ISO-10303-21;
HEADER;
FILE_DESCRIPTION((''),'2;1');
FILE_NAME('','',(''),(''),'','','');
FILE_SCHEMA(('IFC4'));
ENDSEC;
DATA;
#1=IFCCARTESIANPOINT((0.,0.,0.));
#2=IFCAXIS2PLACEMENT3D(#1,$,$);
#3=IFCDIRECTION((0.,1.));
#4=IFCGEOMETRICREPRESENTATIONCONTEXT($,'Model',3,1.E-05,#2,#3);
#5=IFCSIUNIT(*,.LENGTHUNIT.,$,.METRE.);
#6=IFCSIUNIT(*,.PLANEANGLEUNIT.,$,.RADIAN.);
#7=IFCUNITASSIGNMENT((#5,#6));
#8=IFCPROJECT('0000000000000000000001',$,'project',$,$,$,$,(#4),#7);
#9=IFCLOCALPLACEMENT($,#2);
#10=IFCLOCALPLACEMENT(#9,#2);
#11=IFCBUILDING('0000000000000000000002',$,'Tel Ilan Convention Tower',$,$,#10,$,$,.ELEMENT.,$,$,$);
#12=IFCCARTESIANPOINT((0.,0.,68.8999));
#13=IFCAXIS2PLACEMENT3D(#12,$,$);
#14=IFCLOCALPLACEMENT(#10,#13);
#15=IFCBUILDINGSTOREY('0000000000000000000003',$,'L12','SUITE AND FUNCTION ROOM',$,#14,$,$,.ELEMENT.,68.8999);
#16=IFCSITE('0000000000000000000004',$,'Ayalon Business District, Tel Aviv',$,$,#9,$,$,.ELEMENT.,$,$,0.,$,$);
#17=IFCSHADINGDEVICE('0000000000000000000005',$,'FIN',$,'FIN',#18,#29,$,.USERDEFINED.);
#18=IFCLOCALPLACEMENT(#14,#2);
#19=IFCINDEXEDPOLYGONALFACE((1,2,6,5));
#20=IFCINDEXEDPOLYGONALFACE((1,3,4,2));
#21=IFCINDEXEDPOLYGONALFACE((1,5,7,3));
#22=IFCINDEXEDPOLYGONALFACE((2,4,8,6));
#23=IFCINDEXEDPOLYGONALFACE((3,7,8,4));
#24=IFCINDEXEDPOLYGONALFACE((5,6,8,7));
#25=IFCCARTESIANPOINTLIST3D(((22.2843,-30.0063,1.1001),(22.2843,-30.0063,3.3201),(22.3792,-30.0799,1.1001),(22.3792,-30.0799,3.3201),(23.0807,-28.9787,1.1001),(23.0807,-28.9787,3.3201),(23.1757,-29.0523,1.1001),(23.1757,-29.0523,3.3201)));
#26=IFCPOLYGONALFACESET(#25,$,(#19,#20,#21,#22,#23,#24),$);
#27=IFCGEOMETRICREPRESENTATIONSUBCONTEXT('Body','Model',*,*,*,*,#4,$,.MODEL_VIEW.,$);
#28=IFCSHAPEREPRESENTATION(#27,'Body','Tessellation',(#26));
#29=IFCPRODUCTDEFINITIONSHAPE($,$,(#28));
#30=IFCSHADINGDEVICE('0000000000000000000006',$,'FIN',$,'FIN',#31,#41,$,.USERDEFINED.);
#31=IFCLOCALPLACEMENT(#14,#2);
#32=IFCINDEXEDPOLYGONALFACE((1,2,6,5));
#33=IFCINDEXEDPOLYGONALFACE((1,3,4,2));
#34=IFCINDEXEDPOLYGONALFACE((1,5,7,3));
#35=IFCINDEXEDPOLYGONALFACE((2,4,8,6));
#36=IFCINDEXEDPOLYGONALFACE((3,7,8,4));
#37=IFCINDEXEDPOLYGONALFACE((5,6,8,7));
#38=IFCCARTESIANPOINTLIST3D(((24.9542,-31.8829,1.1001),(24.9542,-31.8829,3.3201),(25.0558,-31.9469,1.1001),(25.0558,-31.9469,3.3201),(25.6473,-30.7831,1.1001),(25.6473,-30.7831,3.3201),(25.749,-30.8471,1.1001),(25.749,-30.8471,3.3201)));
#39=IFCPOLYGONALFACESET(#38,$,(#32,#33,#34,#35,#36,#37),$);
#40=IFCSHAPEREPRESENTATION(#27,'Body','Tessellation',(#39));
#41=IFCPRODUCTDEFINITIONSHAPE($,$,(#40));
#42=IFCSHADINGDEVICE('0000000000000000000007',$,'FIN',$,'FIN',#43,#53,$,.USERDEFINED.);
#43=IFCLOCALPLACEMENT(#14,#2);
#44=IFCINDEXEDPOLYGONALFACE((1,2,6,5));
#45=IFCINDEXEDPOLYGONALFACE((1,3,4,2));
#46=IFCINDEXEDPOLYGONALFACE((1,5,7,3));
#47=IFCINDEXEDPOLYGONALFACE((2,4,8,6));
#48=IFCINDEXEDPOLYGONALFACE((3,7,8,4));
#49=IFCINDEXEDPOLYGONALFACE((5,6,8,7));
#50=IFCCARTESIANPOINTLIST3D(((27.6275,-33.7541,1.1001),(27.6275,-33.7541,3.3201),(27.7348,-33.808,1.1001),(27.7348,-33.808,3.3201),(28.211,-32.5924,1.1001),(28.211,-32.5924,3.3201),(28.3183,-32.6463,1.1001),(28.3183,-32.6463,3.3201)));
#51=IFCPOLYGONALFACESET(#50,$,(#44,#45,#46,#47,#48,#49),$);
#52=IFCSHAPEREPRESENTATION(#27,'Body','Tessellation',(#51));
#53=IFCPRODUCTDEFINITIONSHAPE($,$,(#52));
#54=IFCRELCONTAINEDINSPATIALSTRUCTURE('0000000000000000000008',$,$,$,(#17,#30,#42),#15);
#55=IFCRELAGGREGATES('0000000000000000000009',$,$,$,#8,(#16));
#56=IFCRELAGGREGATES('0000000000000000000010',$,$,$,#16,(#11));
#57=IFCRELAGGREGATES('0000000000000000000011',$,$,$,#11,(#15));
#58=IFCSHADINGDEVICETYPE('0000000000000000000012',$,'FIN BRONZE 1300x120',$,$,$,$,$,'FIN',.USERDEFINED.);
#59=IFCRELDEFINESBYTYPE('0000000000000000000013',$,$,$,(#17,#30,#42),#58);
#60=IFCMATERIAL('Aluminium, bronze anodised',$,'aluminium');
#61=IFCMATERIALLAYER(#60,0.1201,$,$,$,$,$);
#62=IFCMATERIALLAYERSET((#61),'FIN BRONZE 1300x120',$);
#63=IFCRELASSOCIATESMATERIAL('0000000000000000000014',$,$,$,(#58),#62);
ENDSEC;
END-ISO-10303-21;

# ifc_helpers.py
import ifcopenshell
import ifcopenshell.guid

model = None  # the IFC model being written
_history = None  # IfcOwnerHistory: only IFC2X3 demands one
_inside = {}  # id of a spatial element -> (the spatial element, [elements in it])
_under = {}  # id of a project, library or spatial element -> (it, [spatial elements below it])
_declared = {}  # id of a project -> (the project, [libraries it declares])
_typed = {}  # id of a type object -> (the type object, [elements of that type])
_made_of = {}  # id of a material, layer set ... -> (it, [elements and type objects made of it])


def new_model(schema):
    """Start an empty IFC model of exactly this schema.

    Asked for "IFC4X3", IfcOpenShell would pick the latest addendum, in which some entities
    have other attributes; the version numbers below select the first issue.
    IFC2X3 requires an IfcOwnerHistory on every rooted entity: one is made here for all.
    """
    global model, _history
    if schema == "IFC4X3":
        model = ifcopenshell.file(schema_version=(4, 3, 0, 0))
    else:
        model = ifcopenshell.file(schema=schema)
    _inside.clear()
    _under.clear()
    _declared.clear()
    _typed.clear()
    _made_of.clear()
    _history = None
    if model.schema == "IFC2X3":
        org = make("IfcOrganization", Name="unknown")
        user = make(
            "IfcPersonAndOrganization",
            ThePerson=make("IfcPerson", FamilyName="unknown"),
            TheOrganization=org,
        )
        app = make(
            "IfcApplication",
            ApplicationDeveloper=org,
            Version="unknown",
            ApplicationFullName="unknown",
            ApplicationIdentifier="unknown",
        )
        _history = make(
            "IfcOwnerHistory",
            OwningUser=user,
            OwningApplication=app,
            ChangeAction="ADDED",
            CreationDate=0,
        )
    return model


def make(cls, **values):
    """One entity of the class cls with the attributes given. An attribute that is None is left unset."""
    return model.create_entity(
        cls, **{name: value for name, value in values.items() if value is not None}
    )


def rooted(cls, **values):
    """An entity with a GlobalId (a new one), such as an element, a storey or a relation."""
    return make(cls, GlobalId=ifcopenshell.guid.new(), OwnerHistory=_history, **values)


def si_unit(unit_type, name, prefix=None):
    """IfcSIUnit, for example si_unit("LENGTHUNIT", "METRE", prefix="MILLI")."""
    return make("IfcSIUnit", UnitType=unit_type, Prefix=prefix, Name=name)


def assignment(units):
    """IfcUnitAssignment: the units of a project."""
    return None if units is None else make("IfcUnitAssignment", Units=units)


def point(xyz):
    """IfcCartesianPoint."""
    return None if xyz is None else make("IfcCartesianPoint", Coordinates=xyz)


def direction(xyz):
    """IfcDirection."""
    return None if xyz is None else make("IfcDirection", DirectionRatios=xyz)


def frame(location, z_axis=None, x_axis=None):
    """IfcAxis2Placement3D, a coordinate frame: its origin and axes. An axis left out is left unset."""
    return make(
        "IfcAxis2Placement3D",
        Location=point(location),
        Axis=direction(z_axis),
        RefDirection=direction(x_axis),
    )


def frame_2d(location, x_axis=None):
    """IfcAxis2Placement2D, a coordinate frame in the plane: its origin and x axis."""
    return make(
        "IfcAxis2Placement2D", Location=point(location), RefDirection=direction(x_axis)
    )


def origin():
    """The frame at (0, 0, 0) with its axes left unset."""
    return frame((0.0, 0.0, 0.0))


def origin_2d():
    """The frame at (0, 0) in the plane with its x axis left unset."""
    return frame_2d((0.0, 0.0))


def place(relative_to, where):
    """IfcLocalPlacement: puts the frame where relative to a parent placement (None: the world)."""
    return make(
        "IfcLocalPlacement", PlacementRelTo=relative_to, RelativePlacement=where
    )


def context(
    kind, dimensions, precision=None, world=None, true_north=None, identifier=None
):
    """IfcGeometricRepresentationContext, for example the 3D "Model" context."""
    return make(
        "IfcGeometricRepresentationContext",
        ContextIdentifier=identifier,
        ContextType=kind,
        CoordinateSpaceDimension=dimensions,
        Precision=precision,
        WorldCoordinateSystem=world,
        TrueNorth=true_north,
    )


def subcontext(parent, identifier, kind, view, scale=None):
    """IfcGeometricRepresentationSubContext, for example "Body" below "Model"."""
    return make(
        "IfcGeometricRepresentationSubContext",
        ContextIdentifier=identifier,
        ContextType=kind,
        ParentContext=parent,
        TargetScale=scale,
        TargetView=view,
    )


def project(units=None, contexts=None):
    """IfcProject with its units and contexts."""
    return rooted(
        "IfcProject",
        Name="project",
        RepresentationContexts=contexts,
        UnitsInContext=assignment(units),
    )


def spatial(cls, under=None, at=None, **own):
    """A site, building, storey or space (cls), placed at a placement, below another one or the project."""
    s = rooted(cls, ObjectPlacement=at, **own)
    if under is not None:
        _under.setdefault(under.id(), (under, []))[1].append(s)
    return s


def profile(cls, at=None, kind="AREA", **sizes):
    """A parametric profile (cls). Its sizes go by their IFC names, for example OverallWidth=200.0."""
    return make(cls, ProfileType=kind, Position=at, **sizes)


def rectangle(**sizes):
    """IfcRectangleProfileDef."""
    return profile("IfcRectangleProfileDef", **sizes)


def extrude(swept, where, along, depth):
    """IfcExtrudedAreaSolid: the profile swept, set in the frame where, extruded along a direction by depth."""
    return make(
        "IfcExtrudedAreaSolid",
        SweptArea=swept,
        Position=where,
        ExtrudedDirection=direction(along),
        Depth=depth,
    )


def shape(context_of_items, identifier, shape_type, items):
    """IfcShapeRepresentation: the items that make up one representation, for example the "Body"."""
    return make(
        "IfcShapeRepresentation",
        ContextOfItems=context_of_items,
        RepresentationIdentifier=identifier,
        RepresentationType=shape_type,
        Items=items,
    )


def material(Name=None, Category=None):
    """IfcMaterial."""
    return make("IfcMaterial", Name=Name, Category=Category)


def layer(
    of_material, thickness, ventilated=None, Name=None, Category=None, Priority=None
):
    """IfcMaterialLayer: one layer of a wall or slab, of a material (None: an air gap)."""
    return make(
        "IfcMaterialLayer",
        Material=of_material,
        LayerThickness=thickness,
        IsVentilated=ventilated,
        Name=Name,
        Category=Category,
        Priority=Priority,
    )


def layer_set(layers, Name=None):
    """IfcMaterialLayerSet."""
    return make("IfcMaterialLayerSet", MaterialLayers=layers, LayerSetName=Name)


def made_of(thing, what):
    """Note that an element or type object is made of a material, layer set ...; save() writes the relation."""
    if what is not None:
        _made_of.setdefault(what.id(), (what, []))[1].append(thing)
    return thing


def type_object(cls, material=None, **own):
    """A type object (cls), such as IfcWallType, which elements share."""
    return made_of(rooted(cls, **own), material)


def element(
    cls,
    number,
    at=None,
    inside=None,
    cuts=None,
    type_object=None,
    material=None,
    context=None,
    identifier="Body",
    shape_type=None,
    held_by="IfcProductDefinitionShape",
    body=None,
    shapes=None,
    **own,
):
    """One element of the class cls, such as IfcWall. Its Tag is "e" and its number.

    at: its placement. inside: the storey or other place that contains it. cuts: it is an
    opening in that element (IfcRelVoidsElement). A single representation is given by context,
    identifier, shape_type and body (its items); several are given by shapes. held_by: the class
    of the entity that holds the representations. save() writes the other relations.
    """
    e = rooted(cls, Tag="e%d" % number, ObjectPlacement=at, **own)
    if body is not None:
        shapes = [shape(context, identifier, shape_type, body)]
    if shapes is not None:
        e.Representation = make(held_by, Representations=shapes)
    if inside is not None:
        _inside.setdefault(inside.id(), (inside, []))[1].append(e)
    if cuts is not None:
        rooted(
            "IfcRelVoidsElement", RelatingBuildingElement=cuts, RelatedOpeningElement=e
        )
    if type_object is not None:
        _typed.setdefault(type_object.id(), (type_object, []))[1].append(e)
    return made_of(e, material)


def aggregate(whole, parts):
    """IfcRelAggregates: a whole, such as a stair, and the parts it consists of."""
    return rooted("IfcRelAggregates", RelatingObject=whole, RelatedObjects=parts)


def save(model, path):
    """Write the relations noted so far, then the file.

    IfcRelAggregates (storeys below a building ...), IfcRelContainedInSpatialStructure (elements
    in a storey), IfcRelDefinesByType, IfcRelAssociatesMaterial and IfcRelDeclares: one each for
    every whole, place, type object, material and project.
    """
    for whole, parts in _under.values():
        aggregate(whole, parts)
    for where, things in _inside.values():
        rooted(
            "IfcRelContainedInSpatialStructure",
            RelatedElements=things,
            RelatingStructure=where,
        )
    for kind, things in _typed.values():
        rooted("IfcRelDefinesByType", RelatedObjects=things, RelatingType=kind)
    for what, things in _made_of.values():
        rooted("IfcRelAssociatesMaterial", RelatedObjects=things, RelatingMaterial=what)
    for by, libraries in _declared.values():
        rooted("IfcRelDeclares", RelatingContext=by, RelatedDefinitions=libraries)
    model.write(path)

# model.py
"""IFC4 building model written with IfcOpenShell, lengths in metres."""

from ifc_helpers import new_model, si_unit, direction, frame, origin, origin_2d, place, context, subcontext, project, spatial, rectangle, extrude, material, layer, layer_set, type_object, element, save


model = new_model("IFC4")

# Units and contexts
model_context = context("Model", 3, precision=1e-05, world=origin(), true_north=direction((0.0, 1.0)))
body_context = subcontext(model_context, "Body", "Model", "MODEL_VIEW")
ifc_project = project(units=[si_unit("LENGTHUNIT", "METRE"), si_unit("PLANEANGLEUNIT", "RADIAN")], contexts=[model_context])

# Site, building, storey
site_placement = place(None, origin())
site = spatial("IfcSite", under=ifc_project, at=site_placement, Name="Ayalon Business District, Tel Aviv", CompositionType="ELEMENT", RefElevation=0.0)
building_placement = place(site_placement, origin())
building = spatial("IfcBuilding", under=site, at=building_placement, Name="Tel Ilan Convention Tower", CompositionType="ELEMENT")
storey_placement = place(building_placement, frame((0.0, 0.0, 68.8999)))
storey = spatial("IfcBuildingStorey", under=building, at=storey_placement, Name="L12", Description="SUITE AND FUNCTION ROOM", CompositionType="ELEMENT", Elevation=68.8999)

# Shading devices
ifc_material_1 = material(Name="Aluminium, bronze anodised", Category="aluminium")
ifc_layer_1 = layer(ifc_material_1, 0.1201)
ifc_layer_set_1 = layer_set([ifc_layer_1], Name="FIN BRONZE 1300x120")
shading_device_type = type_object("IfcShadingDeviceType", Name="FIN BRONZE 1300x120", ElementType="FIN", PredefinedType="USERDEFINED", material=ifc_layer_set_1)
for number, where, z_axis, x_axis, name in (
    (1, (22.73, -29.5293, 1.1001), (0.0, 0.0, 1.0), (-0.612601, -0.790393, 0.0), "FIN"),
    (2, (25.3516, -31.365, 1.1001), (0.0, 0.0, 1.0), (-0.533204, -0.845986, 0.0), "FIN"),
    (3, (27.9729, -33.2002, 1.1001), (0.0, 0.0, 1.0), (-0.448799, -0.893633, 0.0), "FIN"),
):
    element("IfcShadingDevice", number, at=place(storey_placement, frame(where, z_axis=z_axis, x_axis=x_axis)), inside=storey, type_object=shading_device_type, Name=name, ObjectType="FIN", PredefinedType="USERDEFINED", context=body_context, shape_type="SweptSolid", body=[
        extrude(rectangle(XDim=1.3, YDim=0.1201, at=origin_2d()), origin(), (0.0, 0.0, 1.0), 2.22),
    ])

save(model, "model.ifc")
